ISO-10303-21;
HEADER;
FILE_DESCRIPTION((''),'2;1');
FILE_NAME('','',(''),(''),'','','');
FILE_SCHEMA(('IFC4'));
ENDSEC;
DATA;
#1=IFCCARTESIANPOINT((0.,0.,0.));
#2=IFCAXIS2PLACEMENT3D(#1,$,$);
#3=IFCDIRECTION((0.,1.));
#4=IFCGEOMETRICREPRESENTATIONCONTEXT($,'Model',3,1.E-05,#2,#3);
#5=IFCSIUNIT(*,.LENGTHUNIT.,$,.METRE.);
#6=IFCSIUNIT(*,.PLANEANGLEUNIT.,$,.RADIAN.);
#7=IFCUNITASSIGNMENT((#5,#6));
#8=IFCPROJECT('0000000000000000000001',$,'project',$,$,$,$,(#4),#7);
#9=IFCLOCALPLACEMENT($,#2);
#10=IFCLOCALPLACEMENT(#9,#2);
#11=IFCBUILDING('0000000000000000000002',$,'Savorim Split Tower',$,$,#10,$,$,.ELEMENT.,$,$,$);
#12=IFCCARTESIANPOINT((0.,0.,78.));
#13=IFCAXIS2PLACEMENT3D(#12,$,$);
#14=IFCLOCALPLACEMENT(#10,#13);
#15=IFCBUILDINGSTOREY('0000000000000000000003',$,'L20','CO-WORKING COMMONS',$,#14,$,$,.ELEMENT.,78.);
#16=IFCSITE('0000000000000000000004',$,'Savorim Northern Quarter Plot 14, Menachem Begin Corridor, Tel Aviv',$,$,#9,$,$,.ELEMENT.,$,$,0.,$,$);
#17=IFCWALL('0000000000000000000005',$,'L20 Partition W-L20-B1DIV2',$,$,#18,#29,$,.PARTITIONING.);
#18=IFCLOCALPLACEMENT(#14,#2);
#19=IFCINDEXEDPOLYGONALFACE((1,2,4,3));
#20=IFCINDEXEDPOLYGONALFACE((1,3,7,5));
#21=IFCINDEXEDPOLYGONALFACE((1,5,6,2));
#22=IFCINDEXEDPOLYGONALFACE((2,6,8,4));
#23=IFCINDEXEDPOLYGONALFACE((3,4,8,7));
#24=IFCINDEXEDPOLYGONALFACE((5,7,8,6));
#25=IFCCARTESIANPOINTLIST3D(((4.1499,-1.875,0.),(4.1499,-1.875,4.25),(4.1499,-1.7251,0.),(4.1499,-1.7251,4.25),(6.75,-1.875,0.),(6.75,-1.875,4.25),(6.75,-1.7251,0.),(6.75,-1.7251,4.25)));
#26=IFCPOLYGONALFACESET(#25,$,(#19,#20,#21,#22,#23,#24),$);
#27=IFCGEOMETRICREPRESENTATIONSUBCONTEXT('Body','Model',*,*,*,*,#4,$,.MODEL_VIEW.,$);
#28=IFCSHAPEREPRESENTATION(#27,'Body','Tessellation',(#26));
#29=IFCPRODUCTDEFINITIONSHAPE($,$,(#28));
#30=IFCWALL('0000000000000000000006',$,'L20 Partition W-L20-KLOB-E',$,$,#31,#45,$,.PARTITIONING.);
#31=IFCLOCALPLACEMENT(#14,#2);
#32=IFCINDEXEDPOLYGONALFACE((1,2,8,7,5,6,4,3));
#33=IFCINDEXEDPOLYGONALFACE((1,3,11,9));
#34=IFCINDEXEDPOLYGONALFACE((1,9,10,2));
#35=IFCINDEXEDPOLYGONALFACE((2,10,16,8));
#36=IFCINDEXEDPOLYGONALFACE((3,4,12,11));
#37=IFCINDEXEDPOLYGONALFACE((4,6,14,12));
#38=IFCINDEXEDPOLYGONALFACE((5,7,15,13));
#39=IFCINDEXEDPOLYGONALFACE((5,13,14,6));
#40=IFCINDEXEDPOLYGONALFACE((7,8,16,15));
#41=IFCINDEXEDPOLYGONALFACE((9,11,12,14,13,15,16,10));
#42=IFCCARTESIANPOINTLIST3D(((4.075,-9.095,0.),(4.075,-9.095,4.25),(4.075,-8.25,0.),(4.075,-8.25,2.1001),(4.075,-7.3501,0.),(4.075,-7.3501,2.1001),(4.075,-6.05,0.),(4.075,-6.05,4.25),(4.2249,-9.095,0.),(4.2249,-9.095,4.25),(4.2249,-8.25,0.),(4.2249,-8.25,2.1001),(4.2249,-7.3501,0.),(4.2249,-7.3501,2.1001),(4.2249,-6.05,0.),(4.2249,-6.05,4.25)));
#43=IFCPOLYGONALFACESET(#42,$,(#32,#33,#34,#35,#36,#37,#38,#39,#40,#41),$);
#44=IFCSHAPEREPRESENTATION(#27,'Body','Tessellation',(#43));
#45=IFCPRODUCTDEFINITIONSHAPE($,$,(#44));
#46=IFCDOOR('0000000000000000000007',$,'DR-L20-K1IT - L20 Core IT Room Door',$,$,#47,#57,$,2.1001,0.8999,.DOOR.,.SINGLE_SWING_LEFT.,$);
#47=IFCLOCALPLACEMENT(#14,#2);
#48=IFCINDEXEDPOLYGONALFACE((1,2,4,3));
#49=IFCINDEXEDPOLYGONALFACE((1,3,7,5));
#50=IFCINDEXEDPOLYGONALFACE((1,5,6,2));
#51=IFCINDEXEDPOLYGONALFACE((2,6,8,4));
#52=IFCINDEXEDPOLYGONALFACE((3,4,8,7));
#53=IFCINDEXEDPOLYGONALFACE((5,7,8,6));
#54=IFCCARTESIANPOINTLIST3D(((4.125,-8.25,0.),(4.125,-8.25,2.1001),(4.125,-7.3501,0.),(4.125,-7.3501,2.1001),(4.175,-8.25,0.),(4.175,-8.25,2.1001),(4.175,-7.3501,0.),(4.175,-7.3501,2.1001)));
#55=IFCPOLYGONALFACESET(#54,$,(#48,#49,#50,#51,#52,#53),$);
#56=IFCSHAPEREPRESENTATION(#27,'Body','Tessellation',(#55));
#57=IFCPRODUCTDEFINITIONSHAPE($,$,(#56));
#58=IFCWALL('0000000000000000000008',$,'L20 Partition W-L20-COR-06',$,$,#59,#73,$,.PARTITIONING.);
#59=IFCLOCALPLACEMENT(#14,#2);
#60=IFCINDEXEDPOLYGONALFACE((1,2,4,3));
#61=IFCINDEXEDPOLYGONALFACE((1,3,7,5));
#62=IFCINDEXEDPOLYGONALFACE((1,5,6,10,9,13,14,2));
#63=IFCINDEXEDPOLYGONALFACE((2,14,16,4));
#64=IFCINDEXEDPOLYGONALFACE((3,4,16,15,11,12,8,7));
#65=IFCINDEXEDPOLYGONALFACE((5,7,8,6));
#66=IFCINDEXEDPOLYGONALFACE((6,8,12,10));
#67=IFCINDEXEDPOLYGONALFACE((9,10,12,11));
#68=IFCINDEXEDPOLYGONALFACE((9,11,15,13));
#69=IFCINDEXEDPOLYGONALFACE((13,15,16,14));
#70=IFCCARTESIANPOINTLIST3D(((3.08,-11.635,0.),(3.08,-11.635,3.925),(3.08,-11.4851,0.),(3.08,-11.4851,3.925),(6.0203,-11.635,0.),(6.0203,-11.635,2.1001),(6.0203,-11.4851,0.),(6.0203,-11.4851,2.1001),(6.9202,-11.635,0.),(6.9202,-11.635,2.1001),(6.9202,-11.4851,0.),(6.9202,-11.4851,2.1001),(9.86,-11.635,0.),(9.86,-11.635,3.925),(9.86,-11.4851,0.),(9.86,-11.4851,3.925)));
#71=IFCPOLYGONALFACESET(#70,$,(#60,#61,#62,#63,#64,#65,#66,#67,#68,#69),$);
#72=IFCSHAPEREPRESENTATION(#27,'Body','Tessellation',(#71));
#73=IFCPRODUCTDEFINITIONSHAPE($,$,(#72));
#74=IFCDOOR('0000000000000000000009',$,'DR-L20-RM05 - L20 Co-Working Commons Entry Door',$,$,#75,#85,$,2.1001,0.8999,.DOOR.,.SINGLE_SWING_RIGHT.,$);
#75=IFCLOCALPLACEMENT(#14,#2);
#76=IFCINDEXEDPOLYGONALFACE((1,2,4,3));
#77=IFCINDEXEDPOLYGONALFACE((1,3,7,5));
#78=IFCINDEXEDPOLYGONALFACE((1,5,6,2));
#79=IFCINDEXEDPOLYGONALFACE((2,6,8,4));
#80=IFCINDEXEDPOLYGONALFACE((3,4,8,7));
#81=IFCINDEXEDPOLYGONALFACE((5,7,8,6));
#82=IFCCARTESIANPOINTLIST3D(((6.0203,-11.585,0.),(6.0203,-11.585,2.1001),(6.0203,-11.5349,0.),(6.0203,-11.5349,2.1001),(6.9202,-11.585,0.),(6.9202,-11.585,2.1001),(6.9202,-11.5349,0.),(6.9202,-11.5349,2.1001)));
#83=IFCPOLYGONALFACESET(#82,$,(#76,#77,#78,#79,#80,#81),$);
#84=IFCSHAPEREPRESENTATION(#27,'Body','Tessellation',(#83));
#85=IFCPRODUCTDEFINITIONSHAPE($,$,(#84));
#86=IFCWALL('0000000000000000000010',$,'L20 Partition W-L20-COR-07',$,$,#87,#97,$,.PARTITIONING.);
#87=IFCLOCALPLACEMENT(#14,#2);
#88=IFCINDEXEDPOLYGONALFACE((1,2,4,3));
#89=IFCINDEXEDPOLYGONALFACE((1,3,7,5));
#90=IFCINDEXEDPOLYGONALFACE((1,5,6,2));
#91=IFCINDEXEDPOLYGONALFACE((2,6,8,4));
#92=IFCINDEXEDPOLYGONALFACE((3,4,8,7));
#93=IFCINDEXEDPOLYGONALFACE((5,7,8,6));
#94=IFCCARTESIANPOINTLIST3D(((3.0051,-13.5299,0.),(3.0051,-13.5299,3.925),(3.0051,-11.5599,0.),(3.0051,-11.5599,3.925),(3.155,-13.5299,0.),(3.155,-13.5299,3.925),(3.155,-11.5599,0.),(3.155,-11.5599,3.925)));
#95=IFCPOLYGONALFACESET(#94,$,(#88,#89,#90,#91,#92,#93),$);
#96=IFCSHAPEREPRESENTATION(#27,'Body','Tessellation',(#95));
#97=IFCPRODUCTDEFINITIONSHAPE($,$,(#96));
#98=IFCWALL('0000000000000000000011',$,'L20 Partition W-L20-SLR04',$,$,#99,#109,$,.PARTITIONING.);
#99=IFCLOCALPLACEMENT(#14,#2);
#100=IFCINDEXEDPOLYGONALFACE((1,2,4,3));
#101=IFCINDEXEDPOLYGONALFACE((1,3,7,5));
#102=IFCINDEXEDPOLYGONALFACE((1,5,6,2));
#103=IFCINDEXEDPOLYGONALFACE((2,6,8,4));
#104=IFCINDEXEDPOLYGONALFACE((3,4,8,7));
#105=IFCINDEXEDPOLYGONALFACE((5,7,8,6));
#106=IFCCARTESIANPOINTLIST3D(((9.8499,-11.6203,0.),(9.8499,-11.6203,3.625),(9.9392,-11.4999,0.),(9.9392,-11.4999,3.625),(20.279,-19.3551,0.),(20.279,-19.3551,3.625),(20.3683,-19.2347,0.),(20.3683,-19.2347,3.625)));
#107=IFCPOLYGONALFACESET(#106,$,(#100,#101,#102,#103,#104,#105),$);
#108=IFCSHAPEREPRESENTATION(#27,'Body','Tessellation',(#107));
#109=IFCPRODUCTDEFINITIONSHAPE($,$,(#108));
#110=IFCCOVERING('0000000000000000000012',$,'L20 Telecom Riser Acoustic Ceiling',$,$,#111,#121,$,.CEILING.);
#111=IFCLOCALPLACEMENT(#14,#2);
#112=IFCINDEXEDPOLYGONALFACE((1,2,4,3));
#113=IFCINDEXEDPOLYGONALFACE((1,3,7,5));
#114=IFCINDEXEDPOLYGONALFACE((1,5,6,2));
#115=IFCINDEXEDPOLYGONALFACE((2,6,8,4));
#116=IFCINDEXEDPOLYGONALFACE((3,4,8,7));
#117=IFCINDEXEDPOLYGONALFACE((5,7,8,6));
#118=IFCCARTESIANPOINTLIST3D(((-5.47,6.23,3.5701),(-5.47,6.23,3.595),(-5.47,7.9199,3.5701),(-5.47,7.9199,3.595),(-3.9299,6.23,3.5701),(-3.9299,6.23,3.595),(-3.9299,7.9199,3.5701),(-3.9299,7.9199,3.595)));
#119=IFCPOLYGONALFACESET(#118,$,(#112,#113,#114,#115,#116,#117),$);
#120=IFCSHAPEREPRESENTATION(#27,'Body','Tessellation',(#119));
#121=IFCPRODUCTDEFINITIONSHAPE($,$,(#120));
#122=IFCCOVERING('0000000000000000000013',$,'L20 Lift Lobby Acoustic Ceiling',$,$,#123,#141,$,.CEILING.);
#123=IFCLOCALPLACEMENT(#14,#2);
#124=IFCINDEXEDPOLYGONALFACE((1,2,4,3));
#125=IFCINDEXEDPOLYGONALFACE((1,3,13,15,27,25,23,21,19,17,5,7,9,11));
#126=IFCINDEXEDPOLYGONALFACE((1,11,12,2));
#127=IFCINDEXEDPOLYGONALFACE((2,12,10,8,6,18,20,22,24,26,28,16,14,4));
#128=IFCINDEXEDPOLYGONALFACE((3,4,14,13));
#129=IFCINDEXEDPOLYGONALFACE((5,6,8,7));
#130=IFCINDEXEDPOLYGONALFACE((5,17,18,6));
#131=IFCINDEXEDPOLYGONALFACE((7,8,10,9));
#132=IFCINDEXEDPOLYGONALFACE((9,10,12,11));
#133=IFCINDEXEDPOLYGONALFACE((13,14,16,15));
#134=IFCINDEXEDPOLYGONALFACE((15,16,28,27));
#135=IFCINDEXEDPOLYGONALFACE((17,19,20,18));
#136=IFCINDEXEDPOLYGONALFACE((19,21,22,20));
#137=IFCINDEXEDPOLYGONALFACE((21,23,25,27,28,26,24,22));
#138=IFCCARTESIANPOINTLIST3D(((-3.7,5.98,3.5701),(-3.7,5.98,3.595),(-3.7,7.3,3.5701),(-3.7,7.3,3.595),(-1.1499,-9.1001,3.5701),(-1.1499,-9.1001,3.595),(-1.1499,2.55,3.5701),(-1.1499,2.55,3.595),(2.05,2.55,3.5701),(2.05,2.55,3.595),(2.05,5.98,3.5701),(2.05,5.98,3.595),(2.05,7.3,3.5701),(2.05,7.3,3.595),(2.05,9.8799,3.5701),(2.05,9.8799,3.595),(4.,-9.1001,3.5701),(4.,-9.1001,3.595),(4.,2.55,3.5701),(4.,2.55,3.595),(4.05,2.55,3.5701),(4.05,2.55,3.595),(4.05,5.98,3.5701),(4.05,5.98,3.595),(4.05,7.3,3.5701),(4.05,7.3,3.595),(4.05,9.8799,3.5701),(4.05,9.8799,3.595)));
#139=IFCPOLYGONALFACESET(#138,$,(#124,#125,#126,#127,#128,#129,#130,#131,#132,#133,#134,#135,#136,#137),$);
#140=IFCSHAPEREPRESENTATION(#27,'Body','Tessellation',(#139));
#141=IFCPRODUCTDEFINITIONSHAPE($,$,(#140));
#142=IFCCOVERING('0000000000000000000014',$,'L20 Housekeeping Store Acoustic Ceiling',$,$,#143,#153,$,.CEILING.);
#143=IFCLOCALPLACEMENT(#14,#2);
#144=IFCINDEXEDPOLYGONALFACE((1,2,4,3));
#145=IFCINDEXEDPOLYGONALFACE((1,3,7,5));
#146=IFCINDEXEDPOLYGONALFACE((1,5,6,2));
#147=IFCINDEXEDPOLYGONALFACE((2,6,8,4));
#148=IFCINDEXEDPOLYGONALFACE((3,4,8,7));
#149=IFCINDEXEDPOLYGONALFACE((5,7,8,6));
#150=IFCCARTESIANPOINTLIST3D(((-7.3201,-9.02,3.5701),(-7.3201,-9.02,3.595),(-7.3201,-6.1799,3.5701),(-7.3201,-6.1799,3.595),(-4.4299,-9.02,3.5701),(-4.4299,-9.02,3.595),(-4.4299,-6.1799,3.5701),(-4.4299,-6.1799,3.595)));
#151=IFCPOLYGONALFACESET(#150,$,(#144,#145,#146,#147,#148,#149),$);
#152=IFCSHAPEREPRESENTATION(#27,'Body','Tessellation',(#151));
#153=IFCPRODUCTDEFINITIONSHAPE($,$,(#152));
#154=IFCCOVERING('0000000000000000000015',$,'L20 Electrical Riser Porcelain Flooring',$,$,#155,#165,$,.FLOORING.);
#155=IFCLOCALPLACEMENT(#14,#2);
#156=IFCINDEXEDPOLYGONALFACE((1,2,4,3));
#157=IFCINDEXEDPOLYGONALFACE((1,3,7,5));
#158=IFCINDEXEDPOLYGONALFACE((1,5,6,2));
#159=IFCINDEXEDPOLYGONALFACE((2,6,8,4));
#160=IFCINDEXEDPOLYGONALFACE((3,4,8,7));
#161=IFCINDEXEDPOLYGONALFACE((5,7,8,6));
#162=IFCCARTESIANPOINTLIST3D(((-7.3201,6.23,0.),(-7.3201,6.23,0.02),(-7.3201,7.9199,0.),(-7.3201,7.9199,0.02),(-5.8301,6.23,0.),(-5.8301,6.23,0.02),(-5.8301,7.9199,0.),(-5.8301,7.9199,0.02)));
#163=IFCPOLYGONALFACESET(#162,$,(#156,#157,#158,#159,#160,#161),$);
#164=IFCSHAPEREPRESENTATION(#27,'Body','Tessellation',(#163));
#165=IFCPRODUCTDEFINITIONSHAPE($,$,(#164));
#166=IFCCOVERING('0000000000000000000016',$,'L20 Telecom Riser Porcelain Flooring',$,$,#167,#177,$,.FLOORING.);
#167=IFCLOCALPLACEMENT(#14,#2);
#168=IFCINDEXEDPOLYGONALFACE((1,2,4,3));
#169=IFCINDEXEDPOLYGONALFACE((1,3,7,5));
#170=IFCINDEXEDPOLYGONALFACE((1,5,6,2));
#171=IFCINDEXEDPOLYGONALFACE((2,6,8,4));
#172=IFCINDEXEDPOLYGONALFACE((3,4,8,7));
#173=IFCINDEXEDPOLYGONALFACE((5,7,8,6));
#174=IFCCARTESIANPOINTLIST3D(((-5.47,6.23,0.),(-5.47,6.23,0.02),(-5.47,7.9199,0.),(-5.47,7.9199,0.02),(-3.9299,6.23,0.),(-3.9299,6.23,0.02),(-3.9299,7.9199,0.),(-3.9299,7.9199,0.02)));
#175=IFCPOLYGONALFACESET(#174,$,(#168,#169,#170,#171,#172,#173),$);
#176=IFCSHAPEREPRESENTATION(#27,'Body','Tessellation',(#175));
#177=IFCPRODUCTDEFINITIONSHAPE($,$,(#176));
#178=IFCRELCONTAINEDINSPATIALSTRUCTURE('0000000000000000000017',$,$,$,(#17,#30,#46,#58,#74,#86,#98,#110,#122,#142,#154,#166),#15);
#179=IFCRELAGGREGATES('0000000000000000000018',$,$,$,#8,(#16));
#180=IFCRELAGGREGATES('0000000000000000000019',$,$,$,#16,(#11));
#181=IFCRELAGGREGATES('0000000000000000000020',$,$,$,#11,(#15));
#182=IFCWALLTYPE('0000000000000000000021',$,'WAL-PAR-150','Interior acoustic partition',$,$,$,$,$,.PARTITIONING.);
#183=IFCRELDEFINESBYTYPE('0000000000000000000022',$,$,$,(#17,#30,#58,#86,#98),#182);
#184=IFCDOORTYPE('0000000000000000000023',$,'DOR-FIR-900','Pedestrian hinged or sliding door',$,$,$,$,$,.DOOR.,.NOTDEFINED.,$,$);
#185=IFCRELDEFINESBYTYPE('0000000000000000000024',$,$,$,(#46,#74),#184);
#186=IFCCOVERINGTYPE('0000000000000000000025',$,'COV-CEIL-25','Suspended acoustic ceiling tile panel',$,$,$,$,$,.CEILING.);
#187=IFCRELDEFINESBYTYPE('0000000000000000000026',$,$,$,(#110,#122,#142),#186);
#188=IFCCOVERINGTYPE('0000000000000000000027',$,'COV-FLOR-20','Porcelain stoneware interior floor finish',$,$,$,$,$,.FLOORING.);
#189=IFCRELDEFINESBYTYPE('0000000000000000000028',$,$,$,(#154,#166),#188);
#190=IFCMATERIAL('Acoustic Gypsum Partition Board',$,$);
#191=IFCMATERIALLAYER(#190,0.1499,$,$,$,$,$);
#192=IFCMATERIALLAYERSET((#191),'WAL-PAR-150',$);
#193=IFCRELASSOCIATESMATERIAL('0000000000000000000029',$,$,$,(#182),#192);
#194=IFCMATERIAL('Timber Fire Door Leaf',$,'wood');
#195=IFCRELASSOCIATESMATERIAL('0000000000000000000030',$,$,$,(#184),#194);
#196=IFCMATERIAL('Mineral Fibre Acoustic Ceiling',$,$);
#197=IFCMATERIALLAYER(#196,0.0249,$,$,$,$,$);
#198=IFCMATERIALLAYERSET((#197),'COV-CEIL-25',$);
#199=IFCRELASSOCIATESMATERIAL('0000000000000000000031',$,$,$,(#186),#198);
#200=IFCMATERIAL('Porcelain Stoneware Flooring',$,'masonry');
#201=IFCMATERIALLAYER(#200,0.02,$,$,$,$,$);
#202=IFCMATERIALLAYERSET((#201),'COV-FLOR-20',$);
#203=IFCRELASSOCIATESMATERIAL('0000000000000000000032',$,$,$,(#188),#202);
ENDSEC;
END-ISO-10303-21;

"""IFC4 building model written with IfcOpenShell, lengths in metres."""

from ifc_helpers import new_model, si_unit, direction, frame, frame_2d, origin, place, context, subcontext, project, spatial, polyline, rectangle, outline, extrude, material, layer, layer_set, type_object, element, fill, save


model = new_model("IFC4")

# Units and contexts
model_context = context("Model", 3, precision=1e-05, world=origin(), true_north=direction((0.0, 1.0)))
body_context = subcontext(model_context, "Body", "Model", "MODEL_VIEW")
ifc_project = project(units=[si_unit("LENGTHUNIT", "METRE"), si_unit("PLANEANGLEUNIT", "RADIAN")], contexts=[model_context])

# Site, building, storey
site_placement = place(None, origin())
site = spatial("IfcSite", under=ifc_project, at=site_placement, Name="Savorim Northern Quarter Plot 14, Menachem Begin Corridor, Tel Aviv", CompositionType="ELEMENT", RefElevation=0.0)
building_placement = place(site_placement, origin())
building = spatial("IfcBuilding", under=site, at=building_placement, Name="Savorim Split Tower", CompositionType="ELEMENT")
storey_placement = place(building_placement, frame((0.0, 0.0, 78.0)))
storey = spatial("IfcBuildingStorey", under=building, at=storey_placement, Name="L20", Description="CO-WORKING COMMONS", CompositionType="ELEMENT", Elevation=78.0)

# Wall
ifc_material_1 = material(Name="Acoustic Gypsum Partition Board")
ifc_layer_1 = layer(ifc_material_1, 0.1499)
ifc_layer_set_1 = layer_set([ifc_layer_1], Name="WAL-PAR-150")
wall_type_1 = type_object("IfcWallType", Name="WAL-PAR-150", Description="Interior acoustic partition", PredefinedType="PARTITIONING", material=ifc_layer_set_1)
for number, where, z_axis, x_axis, name in (
    (1, (4.1499, -1.8, 0.0), (0.0, 0.0, 1.0), (1.0, 0.0, 0.0), "L20 Partition W-L20-B1DIV2"),
):
    element("IfcWall", number, at=place(storey_placement, frame(where, z_axis=z_axis, x_axis=x_axis)), inside=storey, type_object=wall_type_1, Name=name, PredefinedType="PARTITIONING", context=body_context, shape_type="SweptSolid", body=[
        extrude(rectangle(XDim=2.6001, YDim=0.1499, at=frame_2d((1.3, 0.0))), origin(), (0.0, 0.0, 1.0), 4.25),
    ])

# Walls, openings, doors
wall_1_placement = place(storey_placement, frame((4.1499, -9.095, 0.0), z_axis=(0.0, 0.0, 1.0), x_axis=(0.0, 1.0, 0.0)))
wall_1 = element("IfcWall", 2, at=wall_1_placement, inside=storey, type_object=wall_type_1, Name="L20 Partition W-L20-KLOB-E", PredefinedType="PARTITIONING", context=body_context, shape_type="SweptSolid", body=[
    extrude(rectangle(XDim=3.0449, YDim=0.1499, at=frame_2d((1.5225, 0.0))), origin(), (0.0, 0.0, 1.0), 4.25),
])
opening_1_placement = place(wall_1_placement, frame((0.845, 0.0, 0.0)))
opening_1 = element("IfcOpeningElement", 3, at=opening_1_placement, cuts=wall_1, PredefinedType="OPENING", context=body_context, shape_type="SweptSolid", body=[
    extrude(rectangle(XDim=0.8999, YDim=2.1001, at=frame_2d((0.45, 1.05))), frame((0.0, 0.085, 0.0), z_axis=(0.0, -1.0, 0.0), x_axis=(1.0, 0.0, 0.0)), (0.0, 0.0, 1.0), 0.1699),
])
ifc_material_2 = material(Name="Timber Fire Door Leaf", Category="wood")
door_type_1 = type_object("IfcDoorType", Name="DOR-FIR-900", Description="Pedestrian hinged or sliding door", OperationType="NOTDEFINED", PredefinedType="DOOR", material=ifc_material_2)
door_1_placement = place(opening_1_placement, origin())
door_1 = element("IfcDoor", 4, at=door_1_placement, inside=storey, type_object=door_type_1, Name="DR-L20-K1IT - L20 Core IT Room Door", OperationType="SINGLE_SWING_LEFT", OverallHeight=2.1001, OverallWidth=0.8999, PredefinedType="DOOR", context=body_context, shape_type="SweptSolid", body=[
    extrude(rectangle(XDim=0.8999, YDim=2.1001, at=frame_2d((0.45, 1.05))), frame((0.0, 0.0249, 0.0), z_axis=(0.0, -1.0, 0.0), x_axis=(1.0, 0.0, 0.0)), (0.0, 0.0, 1.0), 0.05),
])
fill(opening_1, door_1)
wall_2_placement = place(storey_placement, frame((9.8601, -11.5601, 0.0), z_axis=(0.0, 0.0, 1.0), x_axis=(-1.0, 0.0, 0.0)))
wall_2 = element("IfcWall", 5, at=wall_2_placement, inside=storey, type_object=wall_type_1, Name="L20 Partition W-L20-COR-06", PredefinedType="PARTITIONING", context=body_context, shape_type="SweptSolid", body=[
    extrude(rectangle(XDim=6.78, YDim=0.1499, at=frame_2d((3.3901, 0.0))), origin(), (0.0, 0.0, 1.0), 3.925),
])
opening_2_placement = place(wall_2_placement, frame((2.9399, 0.0, 0.0)))
opening_2 = element("IfcOpeningElement", 6, at=opening_2_placement, cuts=wall_2, PredefinedType="OPENING", context=body_context, shape_type="SweptSolid", body=[
    extrude(rectangle(XDim=0.8999, YDim=2.1001, at=frame_2d((0.45, 1.05))), frame((0.0, 0.085, 0.0), z_axis=(0.0, -1.0, 0.0), x_axis=(1.0, 0.0, 0.0)), (0.0, 0.0, 1.0), 0.1699),
])
door_2_placement = place(opening_2_placement, origin())
door_2 = element("IfcDoor", 7, at=door_2_placement, inside=storey, type_object=door_type_1, Name="DR-L20-RM05 - L20 Co-Working Commons Entry Door", OperationType="SINGLE_SWING_RIGHT", OverallHeight=2.1001, OverallWidth=0.8999, PredefinedType="DOOR", context=body_context, shape_type="SweptSolid", body=[
    extrude(rectangle(XDim=0.8999, YDim=2.1001, at=frame_2d((0.45, 1.05))), frame((0.0, 0.0249, 0.0), z_axis=(0.0, -1.0, 0.0), x_axis=(1.0, 0.0, 0.0)), (0.0, 0.0, 1.0), 0.05),
])
fill(opening_2, door_2)

# Walls
wall_3_placement = place(storey_placement, frame((3.0801, -11.5601, 0.0), z_axis=(0.0, 0.0, 1.0), x_axis=(0.0, -1.0, 0.0)))
element("IfcWall", 8, at=wall_3_placement, inside=storey, type_object=wall_type_1, Name="L20 Partition W-L20-COR-07", PredefinedType="PARTITIONING", context=body_context, shape_type="SweptSolid", body=[
    extrude(rectangle(XDim=1.97, YDim=0.1499, at=frame_2d((0.9849, 0.0))), origin(), (0.0, 0.0, 1.0), 3.925),
])
wall_4_placement = place(storey_placement, frame((9.8945, -11.5601, 0.0), z_axis=(0.0, 0.0, 1.0), x_axis=(0.803206, -0.595701, 0.0)))
element("IfcWall", 9, at=wall_4_placement, inside=storey, type_object=wall_type_1, Name="L20 Partition W-L20-SLR04", PredefinedType="PARTITIONING", context=body_context, shape_type="SweptSolid", body=[
    extrude(rectangle(XDim=12.9844, YDim=0.1499, at=frame_2d((6.4922, 0.0))), origin(), (0.0, 0.0, 1.0), 3.625),
])

# Coverings
ifc_material_3 = material(Name="Mineral Fibre Acoustic Ceiling")
ifc_layer_2 = layer(ifc_material_3, 0.0249)
ifc_layer_set_2 = layer_set([ifc_layer_2], Name="COV-CEIL-25")
covering_type_1 = type_object("IfcCoveringType", Name="COV-CEIL-25", Description="Suspended acoustic ceiling tile panel", PredefinedType="CEILING", material=ifc_layer_set_2)
covering_1_placement = place(storey_placement, frame((0.0, 0.0, 3.5701)))
element("IfcCovering", 10, at=covering_1_placement, inside=storey, type_object=covering_type_1, Name="L20 Telecom Riser Acoustic Ceiling", PredefinedType="CEILING", context=body_context, shape_type="SweptSolid", body=[
    extrude(outline(polyline([(-5.47, 7.9199), (-5.47, 6.23), (-3.9299, 6.23), (-3.9299, 7.9199), (-5.47, 7.9199)])), origin(), (0.0, 0.0, 1.0), 0.0249),
])
covering_2_placement = place(storey_placement, frame((0.0, 0.0, 3.5701)))
element("IfcCovering", 11, at=covering_2_placement, inside=storey, type_object=covering_type_1, Name="L20 Lift Lobby Acoustic Ceiling", PredefinedType="CEILING", context=body_context, shape_type="SweptSolid", body=[
    extrude(outline(polyline([(2.05, 2.55), (-1.1499, 2.55), (-1.1499, -9.1001), (4.0, -9.1001), (4.0, 2.55), (4.05, 2.55), (4.05, 5.98), (4.05, 7.3), (4.05, 9.8799), (2.05, 9.8799), (2.05, 7.3), (-3.7, 7.3), (-3.7, 5.98), (2.05, 5.98), (2.05, 2.55)])), origin(), (0.0, 0.0, 1.0), 0.0249),
])
covering_3_placement = place(storey_placement, frame((0.0, 0.0, 3.5701)))
element("IfcCovering", 12, at=covering_3_placement, inside=storey, type_object=covering_type_1, Name="L20 Housekeeping Store Acoustic Ceiling", PredefinedType="CEILING", context=body_context, shape_type="SweptSolid", body=[
    extrude(outline(polyline([(-7.3201, -6.1799), (-7.3201, -9.02), (-4.4299, -9.02), (-4.4299, -6.1799), (-7.3201, -6.1799)])), origin(), (0.0, 0.0, 1.0), 0.0249),
])
ifc_material_4 = material(Name="Porcelain Stoneware Flooring", Category="masonry")
ifc_layer_3 = layer(ifc_material_4, 0.02)
ifc_layer_set_3 = layer_set([ifc_layer_3], Name="COV-FLOR-20")
covering_type_2 = type_object("IfcCoveringType", Name="COV-FLOR-20", Description="Porcelain stoneware interior floor finish", PredefinedType="FLOORING", material=ifc_layer_set_3)
covering_4_placement = place(storey_placement, origin())
element("IfcCovering", 13, at=covering_4_placement, inside=storey, type_object=covering_type_2, Name="L20 Electrical Riser Porcelain Flooring", PredefinedType="FLOORING", context=body_context, shape_type="SweptSolid", body=[
    extrude(outline(polyline([(-7.3201, 7.9199), (-7.3201, 6.23), (-5.8301, 6.23), (-5.8301, 7.9199), (-7.3201, 7.9199)])), origin(), (0.0, 0.0, 1.0), 0.02),
])
covering_5_placement = place(storey_placement, origin())
element("IfcCovering", 14, at=covering_5_placement, inside=storey, type_object=covering_type_2, Name="L20 Telecom Riser Porcelain Flooring", PredefinedType="FLOORING", context=body_context, shape_type="SweptSolid", body=[
    extrude(outline(polyline([(-5.47, 7.9199), (-5.47, 6.23), (-3.9299, 6.23), (-3.9299, 7.9199), (-5.47, 7.9199)])), origin(), (0.0, 0.0, 1.0), 0.02),
])

save(model, "model.ifc")
